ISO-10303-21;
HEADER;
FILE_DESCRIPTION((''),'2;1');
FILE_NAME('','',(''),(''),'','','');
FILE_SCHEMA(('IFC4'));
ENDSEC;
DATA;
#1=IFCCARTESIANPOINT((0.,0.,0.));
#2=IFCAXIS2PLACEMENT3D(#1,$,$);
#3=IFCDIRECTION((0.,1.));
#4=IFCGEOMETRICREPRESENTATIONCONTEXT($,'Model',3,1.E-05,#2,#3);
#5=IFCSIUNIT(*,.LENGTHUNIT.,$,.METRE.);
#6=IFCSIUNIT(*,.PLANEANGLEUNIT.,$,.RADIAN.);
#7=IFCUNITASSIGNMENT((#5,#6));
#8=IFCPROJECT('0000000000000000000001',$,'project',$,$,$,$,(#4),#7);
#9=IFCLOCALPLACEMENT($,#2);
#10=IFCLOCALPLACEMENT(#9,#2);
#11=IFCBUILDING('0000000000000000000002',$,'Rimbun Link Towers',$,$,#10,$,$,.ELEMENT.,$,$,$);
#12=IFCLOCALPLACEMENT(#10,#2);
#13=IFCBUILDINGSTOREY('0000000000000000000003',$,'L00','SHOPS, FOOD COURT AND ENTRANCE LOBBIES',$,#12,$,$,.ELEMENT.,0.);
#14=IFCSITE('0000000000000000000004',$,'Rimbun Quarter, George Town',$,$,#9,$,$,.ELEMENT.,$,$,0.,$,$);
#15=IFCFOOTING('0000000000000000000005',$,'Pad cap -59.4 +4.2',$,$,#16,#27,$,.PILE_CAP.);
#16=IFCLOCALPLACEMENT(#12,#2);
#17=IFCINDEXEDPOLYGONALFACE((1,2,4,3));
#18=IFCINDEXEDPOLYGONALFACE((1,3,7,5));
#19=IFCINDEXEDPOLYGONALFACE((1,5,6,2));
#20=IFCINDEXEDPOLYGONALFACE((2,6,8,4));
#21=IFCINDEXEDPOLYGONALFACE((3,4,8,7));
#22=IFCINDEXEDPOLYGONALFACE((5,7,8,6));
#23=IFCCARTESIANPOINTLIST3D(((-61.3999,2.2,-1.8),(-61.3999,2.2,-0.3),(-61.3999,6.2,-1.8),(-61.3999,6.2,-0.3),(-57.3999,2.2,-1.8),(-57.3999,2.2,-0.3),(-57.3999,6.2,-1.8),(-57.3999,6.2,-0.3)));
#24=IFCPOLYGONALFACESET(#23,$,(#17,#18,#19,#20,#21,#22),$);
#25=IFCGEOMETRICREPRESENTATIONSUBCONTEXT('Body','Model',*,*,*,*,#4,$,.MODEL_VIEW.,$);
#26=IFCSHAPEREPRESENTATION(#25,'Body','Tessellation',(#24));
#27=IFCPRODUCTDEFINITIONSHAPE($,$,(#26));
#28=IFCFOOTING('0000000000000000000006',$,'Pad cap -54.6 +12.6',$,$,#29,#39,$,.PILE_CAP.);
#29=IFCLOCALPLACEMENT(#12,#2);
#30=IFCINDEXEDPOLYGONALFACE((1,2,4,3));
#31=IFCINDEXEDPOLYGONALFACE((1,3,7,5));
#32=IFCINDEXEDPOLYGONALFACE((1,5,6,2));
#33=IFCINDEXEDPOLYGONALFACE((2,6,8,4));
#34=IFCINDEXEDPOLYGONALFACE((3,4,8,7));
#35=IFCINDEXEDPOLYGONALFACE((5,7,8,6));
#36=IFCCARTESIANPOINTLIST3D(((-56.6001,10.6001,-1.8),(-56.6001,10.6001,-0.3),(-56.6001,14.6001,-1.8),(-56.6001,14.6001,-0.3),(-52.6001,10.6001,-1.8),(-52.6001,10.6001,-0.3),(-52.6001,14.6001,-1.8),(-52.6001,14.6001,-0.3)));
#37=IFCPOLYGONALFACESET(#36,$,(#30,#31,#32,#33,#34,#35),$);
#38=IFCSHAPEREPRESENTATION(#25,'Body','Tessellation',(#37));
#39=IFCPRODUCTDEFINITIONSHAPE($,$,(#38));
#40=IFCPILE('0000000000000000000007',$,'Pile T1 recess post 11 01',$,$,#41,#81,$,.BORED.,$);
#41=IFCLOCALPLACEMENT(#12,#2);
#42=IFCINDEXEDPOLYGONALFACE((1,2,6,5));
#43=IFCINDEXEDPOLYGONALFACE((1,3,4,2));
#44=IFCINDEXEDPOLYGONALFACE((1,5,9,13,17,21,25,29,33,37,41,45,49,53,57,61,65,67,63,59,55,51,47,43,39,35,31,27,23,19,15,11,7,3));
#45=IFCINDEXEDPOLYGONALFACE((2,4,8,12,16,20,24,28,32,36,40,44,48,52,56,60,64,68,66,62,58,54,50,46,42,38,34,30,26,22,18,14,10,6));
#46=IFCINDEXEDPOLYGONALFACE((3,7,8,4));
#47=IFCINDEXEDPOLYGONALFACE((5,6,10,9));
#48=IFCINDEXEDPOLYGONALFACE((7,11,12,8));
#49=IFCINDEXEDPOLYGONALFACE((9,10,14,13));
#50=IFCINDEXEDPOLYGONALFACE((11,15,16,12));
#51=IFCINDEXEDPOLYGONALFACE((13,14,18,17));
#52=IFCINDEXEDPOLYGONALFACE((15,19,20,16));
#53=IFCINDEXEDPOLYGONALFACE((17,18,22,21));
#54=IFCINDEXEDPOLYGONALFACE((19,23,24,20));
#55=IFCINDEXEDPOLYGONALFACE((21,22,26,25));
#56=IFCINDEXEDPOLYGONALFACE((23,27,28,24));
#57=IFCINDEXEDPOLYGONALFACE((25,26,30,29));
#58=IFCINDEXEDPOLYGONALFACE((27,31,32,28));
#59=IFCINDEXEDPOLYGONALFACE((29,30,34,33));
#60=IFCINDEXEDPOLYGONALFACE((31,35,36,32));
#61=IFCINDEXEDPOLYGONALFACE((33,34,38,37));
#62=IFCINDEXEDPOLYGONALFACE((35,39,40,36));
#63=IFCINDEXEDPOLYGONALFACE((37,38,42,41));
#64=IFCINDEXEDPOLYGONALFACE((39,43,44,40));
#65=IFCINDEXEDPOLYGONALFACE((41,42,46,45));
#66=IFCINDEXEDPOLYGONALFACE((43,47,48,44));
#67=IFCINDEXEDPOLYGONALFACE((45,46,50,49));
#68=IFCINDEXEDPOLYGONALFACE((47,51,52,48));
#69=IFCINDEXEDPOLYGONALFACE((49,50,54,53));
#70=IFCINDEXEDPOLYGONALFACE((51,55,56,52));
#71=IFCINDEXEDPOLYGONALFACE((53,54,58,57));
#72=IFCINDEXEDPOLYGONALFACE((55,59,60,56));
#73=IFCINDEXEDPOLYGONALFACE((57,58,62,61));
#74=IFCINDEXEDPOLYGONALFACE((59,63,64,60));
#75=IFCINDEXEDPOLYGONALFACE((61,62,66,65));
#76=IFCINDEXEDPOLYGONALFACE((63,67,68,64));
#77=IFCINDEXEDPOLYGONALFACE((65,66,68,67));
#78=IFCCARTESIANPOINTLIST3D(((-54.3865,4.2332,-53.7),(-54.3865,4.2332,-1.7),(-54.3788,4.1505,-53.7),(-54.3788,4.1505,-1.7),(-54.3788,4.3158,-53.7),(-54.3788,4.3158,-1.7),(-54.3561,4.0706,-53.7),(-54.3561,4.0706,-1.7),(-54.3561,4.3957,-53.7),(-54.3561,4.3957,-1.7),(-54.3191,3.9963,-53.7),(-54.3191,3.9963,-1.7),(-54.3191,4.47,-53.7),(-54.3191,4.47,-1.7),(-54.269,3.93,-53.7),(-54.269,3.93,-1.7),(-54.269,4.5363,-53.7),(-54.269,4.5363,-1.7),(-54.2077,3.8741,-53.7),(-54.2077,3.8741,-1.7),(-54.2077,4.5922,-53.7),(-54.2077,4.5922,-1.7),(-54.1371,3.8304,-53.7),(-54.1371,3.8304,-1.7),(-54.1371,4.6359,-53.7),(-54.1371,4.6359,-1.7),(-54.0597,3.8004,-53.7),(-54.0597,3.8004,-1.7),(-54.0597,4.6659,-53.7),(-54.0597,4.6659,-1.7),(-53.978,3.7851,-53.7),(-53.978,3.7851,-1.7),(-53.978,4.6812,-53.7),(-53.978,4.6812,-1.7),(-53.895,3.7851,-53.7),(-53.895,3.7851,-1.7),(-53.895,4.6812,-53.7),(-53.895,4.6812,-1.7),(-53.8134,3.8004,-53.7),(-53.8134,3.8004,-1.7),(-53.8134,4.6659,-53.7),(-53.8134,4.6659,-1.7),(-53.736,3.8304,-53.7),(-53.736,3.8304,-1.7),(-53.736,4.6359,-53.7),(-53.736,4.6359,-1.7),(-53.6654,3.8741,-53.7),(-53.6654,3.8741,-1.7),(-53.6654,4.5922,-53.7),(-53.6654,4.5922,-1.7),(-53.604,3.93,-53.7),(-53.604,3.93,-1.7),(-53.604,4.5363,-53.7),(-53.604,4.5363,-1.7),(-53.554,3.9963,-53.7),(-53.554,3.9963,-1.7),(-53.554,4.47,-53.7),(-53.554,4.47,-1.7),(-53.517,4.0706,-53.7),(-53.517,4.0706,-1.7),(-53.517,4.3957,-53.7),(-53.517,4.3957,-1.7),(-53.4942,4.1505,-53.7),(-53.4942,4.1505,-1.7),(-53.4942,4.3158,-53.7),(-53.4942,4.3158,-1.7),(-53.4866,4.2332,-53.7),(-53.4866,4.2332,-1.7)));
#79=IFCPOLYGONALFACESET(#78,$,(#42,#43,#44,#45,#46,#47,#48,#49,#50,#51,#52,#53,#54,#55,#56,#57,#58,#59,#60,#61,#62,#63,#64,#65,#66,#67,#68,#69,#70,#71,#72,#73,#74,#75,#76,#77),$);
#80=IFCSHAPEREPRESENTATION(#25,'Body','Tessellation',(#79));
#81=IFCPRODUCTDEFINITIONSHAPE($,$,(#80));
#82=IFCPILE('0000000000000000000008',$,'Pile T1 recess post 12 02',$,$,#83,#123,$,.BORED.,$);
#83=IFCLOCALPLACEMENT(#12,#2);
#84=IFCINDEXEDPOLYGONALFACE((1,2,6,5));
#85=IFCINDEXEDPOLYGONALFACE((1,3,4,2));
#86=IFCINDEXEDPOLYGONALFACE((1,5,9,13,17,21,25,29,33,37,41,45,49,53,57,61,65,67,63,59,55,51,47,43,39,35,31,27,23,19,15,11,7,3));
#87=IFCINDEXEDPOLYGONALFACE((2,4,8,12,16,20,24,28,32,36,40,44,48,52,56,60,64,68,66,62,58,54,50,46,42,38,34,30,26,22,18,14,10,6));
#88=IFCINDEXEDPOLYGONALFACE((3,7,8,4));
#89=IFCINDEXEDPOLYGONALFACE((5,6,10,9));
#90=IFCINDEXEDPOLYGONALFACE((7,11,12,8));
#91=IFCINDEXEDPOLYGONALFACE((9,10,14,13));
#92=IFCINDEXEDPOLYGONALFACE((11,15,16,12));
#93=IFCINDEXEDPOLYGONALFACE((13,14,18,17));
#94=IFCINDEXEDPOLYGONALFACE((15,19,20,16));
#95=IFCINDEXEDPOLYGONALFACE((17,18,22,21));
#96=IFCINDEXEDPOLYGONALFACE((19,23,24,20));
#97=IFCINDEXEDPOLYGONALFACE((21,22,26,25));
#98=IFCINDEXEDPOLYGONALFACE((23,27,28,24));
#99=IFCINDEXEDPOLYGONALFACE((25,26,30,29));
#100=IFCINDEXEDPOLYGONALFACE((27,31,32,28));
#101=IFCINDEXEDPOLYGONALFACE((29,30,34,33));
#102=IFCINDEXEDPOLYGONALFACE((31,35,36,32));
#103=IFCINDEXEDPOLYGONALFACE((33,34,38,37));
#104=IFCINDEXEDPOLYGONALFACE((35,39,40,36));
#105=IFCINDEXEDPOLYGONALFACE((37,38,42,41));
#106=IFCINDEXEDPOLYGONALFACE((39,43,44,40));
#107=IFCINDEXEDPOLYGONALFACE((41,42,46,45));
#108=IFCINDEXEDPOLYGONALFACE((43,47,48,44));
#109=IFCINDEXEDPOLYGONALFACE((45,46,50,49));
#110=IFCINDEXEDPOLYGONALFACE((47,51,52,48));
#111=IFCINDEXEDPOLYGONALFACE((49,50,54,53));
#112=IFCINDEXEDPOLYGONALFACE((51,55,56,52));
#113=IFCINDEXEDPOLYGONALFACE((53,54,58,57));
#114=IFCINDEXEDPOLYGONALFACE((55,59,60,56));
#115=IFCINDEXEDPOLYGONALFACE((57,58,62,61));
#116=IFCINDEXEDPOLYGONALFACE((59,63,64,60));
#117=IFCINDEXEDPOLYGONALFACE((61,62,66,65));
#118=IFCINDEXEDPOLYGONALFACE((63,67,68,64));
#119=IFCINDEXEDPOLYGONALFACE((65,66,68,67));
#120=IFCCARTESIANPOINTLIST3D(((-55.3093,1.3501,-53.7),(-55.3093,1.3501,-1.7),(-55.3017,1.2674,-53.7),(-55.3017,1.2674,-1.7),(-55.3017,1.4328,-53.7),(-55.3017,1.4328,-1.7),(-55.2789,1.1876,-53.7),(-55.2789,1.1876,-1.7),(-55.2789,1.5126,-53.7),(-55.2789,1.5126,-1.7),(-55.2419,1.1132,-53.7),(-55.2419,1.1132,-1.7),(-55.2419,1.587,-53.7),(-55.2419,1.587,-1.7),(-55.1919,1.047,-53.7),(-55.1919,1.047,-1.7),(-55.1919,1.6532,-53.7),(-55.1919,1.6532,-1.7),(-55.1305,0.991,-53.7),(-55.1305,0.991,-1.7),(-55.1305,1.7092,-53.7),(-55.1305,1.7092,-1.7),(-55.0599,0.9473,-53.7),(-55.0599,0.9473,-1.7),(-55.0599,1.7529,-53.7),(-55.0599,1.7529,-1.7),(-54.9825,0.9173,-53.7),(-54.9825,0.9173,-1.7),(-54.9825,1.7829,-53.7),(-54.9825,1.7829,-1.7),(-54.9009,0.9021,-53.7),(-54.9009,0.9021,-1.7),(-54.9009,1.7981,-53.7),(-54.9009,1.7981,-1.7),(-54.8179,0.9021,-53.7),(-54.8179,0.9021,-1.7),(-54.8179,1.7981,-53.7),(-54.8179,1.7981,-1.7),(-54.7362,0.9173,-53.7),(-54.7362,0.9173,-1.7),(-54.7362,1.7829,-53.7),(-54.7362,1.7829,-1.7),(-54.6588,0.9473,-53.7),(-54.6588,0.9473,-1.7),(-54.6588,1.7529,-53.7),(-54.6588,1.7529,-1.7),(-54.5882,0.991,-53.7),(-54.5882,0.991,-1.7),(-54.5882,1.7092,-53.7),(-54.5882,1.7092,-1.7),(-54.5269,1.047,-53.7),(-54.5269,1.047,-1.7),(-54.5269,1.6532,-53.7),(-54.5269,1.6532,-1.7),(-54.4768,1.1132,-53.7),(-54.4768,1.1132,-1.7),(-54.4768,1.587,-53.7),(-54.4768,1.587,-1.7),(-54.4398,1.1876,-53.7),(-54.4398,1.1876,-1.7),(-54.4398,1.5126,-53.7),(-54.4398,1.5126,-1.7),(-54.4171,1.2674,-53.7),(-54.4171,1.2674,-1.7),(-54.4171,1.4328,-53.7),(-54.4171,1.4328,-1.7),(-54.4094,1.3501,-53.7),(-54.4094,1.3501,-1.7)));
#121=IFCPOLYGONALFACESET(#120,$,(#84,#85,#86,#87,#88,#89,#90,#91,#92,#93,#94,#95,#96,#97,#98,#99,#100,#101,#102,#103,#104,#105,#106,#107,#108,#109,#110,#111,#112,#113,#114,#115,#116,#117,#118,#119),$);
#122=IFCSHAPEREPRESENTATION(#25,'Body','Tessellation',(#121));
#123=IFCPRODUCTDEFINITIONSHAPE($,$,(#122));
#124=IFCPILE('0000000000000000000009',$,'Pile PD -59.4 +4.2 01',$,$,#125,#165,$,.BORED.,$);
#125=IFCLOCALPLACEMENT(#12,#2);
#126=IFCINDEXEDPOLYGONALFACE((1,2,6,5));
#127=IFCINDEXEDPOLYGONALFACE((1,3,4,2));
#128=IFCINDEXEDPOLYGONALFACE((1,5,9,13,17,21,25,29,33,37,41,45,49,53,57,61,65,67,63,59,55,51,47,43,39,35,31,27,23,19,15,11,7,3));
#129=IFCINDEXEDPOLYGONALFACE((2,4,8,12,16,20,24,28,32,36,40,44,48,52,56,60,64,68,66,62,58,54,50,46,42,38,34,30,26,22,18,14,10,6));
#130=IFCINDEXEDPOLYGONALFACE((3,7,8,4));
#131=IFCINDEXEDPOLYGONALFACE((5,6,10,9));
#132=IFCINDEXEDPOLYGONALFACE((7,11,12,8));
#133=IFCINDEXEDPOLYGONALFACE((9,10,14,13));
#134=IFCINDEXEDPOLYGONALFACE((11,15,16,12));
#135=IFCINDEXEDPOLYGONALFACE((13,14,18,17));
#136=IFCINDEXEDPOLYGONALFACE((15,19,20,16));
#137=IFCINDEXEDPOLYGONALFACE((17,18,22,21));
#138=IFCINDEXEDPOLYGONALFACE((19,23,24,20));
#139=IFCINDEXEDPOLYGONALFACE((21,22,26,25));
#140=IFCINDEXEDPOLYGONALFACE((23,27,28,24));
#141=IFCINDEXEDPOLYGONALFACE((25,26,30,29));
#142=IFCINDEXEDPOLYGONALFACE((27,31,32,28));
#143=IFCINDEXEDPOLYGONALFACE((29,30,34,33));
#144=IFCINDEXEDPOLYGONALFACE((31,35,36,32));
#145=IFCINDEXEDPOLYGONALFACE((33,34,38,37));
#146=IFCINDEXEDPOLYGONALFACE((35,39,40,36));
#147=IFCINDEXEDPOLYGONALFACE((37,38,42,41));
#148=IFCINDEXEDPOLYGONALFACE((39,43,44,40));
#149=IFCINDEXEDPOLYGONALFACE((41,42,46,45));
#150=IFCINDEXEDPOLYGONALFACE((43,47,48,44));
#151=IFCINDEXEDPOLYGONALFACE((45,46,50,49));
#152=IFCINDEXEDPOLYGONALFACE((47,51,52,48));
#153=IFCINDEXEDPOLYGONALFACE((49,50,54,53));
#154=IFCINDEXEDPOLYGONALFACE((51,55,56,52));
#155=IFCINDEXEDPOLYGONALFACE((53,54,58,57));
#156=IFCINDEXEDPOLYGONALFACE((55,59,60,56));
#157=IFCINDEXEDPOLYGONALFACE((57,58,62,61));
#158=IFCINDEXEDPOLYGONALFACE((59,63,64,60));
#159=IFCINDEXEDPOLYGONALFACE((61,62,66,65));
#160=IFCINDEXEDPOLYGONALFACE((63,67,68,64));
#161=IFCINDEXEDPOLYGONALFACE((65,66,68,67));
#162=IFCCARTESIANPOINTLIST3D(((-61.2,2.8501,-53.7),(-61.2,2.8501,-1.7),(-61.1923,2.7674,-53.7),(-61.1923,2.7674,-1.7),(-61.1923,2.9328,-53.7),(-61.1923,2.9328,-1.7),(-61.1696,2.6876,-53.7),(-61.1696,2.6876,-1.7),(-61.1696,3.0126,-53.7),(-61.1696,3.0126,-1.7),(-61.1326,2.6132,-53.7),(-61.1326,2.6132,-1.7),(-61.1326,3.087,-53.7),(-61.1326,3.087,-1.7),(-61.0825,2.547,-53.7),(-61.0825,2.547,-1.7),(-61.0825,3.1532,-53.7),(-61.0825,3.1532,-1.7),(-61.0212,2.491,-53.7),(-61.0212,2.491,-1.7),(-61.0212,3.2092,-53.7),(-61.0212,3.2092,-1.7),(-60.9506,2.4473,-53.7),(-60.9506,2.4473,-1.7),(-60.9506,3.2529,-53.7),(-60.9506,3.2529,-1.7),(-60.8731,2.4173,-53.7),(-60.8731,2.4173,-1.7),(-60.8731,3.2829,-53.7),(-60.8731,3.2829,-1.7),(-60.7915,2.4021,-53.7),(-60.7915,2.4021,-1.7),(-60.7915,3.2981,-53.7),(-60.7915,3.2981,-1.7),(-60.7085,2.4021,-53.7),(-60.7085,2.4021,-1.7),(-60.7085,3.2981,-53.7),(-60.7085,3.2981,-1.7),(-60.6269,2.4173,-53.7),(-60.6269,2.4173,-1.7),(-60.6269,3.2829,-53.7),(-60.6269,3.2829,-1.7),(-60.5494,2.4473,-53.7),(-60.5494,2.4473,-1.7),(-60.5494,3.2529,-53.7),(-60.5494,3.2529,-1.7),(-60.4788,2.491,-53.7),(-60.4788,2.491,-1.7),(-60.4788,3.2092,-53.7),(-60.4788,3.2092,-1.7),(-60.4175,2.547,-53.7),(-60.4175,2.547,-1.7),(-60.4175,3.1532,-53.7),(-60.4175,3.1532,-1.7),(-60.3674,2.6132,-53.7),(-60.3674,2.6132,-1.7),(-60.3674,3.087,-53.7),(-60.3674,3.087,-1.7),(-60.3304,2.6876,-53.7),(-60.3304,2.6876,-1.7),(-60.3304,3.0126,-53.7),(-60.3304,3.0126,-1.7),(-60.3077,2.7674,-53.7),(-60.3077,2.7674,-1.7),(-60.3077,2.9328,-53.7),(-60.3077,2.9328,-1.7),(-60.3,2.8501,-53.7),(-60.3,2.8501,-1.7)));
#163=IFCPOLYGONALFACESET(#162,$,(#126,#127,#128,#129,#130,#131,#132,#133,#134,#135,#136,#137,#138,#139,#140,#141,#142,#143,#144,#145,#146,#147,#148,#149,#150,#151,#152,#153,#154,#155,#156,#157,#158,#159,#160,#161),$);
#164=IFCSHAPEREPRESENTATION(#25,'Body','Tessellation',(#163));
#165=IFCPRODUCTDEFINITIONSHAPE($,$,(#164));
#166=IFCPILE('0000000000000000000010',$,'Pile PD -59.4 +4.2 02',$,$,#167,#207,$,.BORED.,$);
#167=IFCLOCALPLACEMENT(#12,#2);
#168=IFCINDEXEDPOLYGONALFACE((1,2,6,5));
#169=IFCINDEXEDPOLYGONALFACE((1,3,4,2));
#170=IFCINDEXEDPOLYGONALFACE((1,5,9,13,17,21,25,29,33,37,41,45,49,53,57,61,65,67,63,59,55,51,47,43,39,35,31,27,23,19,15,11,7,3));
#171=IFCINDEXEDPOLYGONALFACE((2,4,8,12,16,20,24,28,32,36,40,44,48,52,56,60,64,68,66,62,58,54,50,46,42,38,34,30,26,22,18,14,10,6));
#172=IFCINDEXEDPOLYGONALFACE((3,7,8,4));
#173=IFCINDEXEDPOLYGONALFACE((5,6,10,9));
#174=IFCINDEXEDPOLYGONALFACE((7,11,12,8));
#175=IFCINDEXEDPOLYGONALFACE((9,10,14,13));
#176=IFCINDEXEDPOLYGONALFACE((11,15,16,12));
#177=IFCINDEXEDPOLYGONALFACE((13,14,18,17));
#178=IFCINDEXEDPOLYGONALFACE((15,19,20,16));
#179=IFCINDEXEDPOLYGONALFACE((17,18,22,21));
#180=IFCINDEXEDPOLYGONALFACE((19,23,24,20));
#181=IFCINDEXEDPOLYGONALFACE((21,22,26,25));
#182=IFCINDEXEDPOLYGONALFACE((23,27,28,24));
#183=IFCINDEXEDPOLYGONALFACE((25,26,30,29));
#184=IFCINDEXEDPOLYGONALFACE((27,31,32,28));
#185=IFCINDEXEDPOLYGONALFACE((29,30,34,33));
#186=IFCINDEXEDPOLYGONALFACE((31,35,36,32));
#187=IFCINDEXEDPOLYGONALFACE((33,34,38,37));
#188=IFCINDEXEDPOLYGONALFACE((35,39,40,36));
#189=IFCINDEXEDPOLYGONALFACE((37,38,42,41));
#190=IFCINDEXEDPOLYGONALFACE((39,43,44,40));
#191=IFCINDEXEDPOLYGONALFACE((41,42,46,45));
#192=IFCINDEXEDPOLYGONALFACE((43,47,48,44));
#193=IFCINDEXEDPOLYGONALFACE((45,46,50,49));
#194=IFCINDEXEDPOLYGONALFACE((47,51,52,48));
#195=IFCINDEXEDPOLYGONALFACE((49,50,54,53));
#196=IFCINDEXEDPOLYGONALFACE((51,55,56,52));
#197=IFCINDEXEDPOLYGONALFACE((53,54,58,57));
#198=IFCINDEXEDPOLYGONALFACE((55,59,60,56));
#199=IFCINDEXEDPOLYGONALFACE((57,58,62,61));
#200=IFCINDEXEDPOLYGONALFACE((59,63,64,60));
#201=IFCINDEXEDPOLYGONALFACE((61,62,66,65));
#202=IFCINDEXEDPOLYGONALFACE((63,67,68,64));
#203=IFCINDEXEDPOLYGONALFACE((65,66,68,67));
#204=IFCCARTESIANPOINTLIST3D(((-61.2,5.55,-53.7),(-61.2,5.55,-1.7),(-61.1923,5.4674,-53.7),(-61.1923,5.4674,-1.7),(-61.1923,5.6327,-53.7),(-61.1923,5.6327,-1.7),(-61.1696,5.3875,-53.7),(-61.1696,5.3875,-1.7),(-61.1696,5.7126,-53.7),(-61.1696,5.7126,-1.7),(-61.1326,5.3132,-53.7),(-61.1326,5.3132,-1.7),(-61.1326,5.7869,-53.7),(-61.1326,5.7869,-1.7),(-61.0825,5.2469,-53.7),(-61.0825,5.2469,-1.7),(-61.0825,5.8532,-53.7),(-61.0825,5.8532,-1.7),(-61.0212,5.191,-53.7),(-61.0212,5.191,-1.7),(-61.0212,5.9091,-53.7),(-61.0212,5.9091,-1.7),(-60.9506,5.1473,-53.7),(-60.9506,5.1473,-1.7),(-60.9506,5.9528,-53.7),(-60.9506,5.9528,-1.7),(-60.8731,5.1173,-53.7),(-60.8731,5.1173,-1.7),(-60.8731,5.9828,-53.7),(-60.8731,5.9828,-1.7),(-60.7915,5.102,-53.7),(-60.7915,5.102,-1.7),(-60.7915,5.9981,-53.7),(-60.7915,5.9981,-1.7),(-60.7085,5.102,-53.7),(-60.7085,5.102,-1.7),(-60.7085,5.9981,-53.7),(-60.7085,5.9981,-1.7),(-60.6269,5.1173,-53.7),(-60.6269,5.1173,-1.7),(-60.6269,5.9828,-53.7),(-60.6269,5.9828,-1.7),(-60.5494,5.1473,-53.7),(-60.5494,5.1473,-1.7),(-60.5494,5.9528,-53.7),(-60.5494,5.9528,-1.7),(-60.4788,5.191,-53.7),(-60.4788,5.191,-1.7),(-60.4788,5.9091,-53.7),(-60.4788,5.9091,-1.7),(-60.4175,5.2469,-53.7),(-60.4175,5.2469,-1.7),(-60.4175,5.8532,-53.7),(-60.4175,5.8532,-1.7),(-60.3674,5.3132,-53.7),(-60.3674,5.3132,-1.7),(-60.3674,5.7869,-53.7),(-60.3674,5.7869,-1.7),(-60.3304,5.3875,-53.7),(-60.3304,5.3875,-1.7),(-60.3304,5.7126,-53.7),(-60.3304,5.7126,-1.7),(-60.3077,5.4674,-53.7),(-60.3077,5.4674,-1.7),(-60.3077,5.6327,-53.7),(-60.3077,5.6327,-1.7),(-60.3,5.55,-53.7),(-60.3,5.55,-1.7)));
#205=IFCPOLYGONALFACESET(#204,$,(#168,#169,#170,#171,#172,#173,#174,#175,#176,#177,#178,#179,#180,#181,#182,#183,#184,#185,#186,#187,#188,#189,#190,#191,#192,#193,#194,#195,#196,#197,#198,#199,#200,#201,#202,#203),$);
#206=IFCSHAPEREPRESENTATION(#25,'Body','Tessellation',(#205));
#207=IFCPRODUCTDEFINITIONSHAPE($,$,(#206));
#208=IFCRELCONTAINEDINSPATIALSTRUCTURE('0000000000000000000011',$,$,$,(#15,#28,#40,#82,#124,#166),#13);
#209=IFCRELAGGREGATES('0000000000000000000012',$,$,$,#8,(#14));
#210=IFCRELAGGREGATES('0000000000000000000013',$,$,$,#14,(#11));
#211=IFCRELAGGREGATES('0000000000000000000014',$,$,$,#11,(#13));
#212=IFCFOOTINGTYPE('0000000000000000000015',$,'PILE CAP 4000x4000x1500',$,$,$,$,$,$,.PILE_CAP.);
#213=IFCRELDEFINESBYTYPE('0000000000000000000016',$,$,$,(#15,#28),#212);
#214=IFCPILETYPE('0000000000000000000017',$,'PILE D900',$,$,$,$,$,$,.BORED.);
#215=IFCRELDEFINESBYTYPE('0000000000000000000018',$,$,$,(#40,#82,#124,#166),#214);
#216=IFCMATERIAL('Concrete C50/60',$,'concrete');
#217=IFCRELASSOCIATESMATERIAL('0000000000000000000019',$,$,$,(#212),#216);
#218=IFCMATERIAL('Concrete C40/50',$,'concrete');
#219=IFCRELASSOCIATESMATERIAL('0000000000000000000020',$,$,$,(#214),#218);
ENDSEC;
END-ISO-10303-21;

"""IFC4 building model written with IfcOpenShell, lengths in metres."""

from ifc_helpers import new_model, si_unit, direction, frame, origin, origin_2d, place, context, subcontext, project, spatial, rectangle, circle, extrude, material, material_profile, profile_set, type_object, element, save


model = new_model("IFC4")

# Units and contexts
model_context = context("Model", 3, precision=1e-05, world=origin(), true_north=direction((0.0, 1.0)))
body_context = subcontext(model_context, "Body", "Model", "MODEL_VIEW")
ifc_project = project(units=[si_unit("LENGTHUNIT", "METRE"), si_unit("PLANEANGLEUNIT", "RADIAN")], contexts=[model_context])

# Site, building, storey
site_placement = place(None, origin())
site = spatial("IfcSite", under=ifc_project, at=site_placement, Name="Rimbun Quarter, George Town", CompositionType="ELEMENT", RefElevation=0.0)
building_placement = place(site_placement, origin())
building = spatial("IfcBuilding", under=site, at=building_placement, Name="Rimbun Link Towers", CompositionType="ELEMENT")
storey_placement = place(building_placement, origin())
storey = spatial("IfcBuildingStorey", under=building, at=storey_placement, Name="L00", Description="SHOPS, FOOD COURT AND ENTRANCE LOBBIES", CompositionType="ELEMENT", Elevation=0.0)

# Footings
ifc_material_1 = material(Name="Concrete C50/60", Category="concrete")
footing_type = type_object("IfcFootingType", Name="PILE CAP 4000x4000x1500", PredefinedType="PILE_CAP", material=ifc_material_1)
for number, where, z_axis, x_axis, name in (
    (1, (-59.3999, 4.2, -1.8), (0.0, 0.0, 1.0), (1.0, 0.0, 0.0), "Pad cap -59.4 +4.2"),
    (2, (-54.6001, 12.6001, -1.8), (0.0, 0.0, 1.0), (1.0, 0.0, 0.0), "Pad cap -54.6 +12.6"),
):
    element("IfcFooting", number, at=place(storey_placement, frame(where, z_axis=z_axis, x_axis=x_axis)), inside=storey, type_object=footing_type, Name=name, PredefinedType="PILE_CAP", context=body_context, shape_type="SweptSolid", body=[
        extrude(rectangle(XDim=4.0, YDim=4.0, at=origin_2d()), origin(), (0.0, 0.0, 1.0), 1.5),
    ])

# Piles
ifc_material_2 = material(Name="Concrete C40/50", Category="concrete")
ifc_material_profile_1 = material_profile(ifc_material_2, circle(Radius=0.45, at=origin_2d()), Name="PILE D900")
ifc_profile_set_1 = profile_set([ifc_material_profile_1], Name="Concrete C40/50")
pile_type = type_object("IfcPileType", Name="PILE D900", PredefinedType="BORED", material=ifc_profile_set_1)
for number, where, z_axis, x_axis, name in (
    (3, (-53.9365, 4.2332, -1.7), (0.0, 0.0, -1.0), (1.0, 0.0, 0.0), "Pile T1 recess post 11 01"),
    (4, (-54.8594, 1.3501, -1.7), (0.0, 0.0, -1.0), (1.0, 0.0, 0.0), "Pile T1 recess post 12 02"),
    (5, (-60.75, 2.8501, -1.7), (0.0, 0.0, -1.0), (1.0, 0.0, 0.0), "Pile PD -59.4 +4.2 01"),
    (6, (-60.75, 5.55, -1.7), (0.0, 0.0, -1.0), (1.0, 0.0, 0.0), "Pile PD -59.4 +4.2 02"),
):
    element("IfcPile", number, at=place(storey_placement, frame(where, z_axis=z_axis, x_axis=x_axis)), inside=storey, type_object=pile_type, Name=name, PredefinedType="BORED", context=body_context, shape_type="SweptSolid", body=[
        extrude(circle(Radius=0.45, at=origin_2d()), origin(), (0.0, 0.0, 1.0), 52.0),
    ])

save(model, "model.ifc")
